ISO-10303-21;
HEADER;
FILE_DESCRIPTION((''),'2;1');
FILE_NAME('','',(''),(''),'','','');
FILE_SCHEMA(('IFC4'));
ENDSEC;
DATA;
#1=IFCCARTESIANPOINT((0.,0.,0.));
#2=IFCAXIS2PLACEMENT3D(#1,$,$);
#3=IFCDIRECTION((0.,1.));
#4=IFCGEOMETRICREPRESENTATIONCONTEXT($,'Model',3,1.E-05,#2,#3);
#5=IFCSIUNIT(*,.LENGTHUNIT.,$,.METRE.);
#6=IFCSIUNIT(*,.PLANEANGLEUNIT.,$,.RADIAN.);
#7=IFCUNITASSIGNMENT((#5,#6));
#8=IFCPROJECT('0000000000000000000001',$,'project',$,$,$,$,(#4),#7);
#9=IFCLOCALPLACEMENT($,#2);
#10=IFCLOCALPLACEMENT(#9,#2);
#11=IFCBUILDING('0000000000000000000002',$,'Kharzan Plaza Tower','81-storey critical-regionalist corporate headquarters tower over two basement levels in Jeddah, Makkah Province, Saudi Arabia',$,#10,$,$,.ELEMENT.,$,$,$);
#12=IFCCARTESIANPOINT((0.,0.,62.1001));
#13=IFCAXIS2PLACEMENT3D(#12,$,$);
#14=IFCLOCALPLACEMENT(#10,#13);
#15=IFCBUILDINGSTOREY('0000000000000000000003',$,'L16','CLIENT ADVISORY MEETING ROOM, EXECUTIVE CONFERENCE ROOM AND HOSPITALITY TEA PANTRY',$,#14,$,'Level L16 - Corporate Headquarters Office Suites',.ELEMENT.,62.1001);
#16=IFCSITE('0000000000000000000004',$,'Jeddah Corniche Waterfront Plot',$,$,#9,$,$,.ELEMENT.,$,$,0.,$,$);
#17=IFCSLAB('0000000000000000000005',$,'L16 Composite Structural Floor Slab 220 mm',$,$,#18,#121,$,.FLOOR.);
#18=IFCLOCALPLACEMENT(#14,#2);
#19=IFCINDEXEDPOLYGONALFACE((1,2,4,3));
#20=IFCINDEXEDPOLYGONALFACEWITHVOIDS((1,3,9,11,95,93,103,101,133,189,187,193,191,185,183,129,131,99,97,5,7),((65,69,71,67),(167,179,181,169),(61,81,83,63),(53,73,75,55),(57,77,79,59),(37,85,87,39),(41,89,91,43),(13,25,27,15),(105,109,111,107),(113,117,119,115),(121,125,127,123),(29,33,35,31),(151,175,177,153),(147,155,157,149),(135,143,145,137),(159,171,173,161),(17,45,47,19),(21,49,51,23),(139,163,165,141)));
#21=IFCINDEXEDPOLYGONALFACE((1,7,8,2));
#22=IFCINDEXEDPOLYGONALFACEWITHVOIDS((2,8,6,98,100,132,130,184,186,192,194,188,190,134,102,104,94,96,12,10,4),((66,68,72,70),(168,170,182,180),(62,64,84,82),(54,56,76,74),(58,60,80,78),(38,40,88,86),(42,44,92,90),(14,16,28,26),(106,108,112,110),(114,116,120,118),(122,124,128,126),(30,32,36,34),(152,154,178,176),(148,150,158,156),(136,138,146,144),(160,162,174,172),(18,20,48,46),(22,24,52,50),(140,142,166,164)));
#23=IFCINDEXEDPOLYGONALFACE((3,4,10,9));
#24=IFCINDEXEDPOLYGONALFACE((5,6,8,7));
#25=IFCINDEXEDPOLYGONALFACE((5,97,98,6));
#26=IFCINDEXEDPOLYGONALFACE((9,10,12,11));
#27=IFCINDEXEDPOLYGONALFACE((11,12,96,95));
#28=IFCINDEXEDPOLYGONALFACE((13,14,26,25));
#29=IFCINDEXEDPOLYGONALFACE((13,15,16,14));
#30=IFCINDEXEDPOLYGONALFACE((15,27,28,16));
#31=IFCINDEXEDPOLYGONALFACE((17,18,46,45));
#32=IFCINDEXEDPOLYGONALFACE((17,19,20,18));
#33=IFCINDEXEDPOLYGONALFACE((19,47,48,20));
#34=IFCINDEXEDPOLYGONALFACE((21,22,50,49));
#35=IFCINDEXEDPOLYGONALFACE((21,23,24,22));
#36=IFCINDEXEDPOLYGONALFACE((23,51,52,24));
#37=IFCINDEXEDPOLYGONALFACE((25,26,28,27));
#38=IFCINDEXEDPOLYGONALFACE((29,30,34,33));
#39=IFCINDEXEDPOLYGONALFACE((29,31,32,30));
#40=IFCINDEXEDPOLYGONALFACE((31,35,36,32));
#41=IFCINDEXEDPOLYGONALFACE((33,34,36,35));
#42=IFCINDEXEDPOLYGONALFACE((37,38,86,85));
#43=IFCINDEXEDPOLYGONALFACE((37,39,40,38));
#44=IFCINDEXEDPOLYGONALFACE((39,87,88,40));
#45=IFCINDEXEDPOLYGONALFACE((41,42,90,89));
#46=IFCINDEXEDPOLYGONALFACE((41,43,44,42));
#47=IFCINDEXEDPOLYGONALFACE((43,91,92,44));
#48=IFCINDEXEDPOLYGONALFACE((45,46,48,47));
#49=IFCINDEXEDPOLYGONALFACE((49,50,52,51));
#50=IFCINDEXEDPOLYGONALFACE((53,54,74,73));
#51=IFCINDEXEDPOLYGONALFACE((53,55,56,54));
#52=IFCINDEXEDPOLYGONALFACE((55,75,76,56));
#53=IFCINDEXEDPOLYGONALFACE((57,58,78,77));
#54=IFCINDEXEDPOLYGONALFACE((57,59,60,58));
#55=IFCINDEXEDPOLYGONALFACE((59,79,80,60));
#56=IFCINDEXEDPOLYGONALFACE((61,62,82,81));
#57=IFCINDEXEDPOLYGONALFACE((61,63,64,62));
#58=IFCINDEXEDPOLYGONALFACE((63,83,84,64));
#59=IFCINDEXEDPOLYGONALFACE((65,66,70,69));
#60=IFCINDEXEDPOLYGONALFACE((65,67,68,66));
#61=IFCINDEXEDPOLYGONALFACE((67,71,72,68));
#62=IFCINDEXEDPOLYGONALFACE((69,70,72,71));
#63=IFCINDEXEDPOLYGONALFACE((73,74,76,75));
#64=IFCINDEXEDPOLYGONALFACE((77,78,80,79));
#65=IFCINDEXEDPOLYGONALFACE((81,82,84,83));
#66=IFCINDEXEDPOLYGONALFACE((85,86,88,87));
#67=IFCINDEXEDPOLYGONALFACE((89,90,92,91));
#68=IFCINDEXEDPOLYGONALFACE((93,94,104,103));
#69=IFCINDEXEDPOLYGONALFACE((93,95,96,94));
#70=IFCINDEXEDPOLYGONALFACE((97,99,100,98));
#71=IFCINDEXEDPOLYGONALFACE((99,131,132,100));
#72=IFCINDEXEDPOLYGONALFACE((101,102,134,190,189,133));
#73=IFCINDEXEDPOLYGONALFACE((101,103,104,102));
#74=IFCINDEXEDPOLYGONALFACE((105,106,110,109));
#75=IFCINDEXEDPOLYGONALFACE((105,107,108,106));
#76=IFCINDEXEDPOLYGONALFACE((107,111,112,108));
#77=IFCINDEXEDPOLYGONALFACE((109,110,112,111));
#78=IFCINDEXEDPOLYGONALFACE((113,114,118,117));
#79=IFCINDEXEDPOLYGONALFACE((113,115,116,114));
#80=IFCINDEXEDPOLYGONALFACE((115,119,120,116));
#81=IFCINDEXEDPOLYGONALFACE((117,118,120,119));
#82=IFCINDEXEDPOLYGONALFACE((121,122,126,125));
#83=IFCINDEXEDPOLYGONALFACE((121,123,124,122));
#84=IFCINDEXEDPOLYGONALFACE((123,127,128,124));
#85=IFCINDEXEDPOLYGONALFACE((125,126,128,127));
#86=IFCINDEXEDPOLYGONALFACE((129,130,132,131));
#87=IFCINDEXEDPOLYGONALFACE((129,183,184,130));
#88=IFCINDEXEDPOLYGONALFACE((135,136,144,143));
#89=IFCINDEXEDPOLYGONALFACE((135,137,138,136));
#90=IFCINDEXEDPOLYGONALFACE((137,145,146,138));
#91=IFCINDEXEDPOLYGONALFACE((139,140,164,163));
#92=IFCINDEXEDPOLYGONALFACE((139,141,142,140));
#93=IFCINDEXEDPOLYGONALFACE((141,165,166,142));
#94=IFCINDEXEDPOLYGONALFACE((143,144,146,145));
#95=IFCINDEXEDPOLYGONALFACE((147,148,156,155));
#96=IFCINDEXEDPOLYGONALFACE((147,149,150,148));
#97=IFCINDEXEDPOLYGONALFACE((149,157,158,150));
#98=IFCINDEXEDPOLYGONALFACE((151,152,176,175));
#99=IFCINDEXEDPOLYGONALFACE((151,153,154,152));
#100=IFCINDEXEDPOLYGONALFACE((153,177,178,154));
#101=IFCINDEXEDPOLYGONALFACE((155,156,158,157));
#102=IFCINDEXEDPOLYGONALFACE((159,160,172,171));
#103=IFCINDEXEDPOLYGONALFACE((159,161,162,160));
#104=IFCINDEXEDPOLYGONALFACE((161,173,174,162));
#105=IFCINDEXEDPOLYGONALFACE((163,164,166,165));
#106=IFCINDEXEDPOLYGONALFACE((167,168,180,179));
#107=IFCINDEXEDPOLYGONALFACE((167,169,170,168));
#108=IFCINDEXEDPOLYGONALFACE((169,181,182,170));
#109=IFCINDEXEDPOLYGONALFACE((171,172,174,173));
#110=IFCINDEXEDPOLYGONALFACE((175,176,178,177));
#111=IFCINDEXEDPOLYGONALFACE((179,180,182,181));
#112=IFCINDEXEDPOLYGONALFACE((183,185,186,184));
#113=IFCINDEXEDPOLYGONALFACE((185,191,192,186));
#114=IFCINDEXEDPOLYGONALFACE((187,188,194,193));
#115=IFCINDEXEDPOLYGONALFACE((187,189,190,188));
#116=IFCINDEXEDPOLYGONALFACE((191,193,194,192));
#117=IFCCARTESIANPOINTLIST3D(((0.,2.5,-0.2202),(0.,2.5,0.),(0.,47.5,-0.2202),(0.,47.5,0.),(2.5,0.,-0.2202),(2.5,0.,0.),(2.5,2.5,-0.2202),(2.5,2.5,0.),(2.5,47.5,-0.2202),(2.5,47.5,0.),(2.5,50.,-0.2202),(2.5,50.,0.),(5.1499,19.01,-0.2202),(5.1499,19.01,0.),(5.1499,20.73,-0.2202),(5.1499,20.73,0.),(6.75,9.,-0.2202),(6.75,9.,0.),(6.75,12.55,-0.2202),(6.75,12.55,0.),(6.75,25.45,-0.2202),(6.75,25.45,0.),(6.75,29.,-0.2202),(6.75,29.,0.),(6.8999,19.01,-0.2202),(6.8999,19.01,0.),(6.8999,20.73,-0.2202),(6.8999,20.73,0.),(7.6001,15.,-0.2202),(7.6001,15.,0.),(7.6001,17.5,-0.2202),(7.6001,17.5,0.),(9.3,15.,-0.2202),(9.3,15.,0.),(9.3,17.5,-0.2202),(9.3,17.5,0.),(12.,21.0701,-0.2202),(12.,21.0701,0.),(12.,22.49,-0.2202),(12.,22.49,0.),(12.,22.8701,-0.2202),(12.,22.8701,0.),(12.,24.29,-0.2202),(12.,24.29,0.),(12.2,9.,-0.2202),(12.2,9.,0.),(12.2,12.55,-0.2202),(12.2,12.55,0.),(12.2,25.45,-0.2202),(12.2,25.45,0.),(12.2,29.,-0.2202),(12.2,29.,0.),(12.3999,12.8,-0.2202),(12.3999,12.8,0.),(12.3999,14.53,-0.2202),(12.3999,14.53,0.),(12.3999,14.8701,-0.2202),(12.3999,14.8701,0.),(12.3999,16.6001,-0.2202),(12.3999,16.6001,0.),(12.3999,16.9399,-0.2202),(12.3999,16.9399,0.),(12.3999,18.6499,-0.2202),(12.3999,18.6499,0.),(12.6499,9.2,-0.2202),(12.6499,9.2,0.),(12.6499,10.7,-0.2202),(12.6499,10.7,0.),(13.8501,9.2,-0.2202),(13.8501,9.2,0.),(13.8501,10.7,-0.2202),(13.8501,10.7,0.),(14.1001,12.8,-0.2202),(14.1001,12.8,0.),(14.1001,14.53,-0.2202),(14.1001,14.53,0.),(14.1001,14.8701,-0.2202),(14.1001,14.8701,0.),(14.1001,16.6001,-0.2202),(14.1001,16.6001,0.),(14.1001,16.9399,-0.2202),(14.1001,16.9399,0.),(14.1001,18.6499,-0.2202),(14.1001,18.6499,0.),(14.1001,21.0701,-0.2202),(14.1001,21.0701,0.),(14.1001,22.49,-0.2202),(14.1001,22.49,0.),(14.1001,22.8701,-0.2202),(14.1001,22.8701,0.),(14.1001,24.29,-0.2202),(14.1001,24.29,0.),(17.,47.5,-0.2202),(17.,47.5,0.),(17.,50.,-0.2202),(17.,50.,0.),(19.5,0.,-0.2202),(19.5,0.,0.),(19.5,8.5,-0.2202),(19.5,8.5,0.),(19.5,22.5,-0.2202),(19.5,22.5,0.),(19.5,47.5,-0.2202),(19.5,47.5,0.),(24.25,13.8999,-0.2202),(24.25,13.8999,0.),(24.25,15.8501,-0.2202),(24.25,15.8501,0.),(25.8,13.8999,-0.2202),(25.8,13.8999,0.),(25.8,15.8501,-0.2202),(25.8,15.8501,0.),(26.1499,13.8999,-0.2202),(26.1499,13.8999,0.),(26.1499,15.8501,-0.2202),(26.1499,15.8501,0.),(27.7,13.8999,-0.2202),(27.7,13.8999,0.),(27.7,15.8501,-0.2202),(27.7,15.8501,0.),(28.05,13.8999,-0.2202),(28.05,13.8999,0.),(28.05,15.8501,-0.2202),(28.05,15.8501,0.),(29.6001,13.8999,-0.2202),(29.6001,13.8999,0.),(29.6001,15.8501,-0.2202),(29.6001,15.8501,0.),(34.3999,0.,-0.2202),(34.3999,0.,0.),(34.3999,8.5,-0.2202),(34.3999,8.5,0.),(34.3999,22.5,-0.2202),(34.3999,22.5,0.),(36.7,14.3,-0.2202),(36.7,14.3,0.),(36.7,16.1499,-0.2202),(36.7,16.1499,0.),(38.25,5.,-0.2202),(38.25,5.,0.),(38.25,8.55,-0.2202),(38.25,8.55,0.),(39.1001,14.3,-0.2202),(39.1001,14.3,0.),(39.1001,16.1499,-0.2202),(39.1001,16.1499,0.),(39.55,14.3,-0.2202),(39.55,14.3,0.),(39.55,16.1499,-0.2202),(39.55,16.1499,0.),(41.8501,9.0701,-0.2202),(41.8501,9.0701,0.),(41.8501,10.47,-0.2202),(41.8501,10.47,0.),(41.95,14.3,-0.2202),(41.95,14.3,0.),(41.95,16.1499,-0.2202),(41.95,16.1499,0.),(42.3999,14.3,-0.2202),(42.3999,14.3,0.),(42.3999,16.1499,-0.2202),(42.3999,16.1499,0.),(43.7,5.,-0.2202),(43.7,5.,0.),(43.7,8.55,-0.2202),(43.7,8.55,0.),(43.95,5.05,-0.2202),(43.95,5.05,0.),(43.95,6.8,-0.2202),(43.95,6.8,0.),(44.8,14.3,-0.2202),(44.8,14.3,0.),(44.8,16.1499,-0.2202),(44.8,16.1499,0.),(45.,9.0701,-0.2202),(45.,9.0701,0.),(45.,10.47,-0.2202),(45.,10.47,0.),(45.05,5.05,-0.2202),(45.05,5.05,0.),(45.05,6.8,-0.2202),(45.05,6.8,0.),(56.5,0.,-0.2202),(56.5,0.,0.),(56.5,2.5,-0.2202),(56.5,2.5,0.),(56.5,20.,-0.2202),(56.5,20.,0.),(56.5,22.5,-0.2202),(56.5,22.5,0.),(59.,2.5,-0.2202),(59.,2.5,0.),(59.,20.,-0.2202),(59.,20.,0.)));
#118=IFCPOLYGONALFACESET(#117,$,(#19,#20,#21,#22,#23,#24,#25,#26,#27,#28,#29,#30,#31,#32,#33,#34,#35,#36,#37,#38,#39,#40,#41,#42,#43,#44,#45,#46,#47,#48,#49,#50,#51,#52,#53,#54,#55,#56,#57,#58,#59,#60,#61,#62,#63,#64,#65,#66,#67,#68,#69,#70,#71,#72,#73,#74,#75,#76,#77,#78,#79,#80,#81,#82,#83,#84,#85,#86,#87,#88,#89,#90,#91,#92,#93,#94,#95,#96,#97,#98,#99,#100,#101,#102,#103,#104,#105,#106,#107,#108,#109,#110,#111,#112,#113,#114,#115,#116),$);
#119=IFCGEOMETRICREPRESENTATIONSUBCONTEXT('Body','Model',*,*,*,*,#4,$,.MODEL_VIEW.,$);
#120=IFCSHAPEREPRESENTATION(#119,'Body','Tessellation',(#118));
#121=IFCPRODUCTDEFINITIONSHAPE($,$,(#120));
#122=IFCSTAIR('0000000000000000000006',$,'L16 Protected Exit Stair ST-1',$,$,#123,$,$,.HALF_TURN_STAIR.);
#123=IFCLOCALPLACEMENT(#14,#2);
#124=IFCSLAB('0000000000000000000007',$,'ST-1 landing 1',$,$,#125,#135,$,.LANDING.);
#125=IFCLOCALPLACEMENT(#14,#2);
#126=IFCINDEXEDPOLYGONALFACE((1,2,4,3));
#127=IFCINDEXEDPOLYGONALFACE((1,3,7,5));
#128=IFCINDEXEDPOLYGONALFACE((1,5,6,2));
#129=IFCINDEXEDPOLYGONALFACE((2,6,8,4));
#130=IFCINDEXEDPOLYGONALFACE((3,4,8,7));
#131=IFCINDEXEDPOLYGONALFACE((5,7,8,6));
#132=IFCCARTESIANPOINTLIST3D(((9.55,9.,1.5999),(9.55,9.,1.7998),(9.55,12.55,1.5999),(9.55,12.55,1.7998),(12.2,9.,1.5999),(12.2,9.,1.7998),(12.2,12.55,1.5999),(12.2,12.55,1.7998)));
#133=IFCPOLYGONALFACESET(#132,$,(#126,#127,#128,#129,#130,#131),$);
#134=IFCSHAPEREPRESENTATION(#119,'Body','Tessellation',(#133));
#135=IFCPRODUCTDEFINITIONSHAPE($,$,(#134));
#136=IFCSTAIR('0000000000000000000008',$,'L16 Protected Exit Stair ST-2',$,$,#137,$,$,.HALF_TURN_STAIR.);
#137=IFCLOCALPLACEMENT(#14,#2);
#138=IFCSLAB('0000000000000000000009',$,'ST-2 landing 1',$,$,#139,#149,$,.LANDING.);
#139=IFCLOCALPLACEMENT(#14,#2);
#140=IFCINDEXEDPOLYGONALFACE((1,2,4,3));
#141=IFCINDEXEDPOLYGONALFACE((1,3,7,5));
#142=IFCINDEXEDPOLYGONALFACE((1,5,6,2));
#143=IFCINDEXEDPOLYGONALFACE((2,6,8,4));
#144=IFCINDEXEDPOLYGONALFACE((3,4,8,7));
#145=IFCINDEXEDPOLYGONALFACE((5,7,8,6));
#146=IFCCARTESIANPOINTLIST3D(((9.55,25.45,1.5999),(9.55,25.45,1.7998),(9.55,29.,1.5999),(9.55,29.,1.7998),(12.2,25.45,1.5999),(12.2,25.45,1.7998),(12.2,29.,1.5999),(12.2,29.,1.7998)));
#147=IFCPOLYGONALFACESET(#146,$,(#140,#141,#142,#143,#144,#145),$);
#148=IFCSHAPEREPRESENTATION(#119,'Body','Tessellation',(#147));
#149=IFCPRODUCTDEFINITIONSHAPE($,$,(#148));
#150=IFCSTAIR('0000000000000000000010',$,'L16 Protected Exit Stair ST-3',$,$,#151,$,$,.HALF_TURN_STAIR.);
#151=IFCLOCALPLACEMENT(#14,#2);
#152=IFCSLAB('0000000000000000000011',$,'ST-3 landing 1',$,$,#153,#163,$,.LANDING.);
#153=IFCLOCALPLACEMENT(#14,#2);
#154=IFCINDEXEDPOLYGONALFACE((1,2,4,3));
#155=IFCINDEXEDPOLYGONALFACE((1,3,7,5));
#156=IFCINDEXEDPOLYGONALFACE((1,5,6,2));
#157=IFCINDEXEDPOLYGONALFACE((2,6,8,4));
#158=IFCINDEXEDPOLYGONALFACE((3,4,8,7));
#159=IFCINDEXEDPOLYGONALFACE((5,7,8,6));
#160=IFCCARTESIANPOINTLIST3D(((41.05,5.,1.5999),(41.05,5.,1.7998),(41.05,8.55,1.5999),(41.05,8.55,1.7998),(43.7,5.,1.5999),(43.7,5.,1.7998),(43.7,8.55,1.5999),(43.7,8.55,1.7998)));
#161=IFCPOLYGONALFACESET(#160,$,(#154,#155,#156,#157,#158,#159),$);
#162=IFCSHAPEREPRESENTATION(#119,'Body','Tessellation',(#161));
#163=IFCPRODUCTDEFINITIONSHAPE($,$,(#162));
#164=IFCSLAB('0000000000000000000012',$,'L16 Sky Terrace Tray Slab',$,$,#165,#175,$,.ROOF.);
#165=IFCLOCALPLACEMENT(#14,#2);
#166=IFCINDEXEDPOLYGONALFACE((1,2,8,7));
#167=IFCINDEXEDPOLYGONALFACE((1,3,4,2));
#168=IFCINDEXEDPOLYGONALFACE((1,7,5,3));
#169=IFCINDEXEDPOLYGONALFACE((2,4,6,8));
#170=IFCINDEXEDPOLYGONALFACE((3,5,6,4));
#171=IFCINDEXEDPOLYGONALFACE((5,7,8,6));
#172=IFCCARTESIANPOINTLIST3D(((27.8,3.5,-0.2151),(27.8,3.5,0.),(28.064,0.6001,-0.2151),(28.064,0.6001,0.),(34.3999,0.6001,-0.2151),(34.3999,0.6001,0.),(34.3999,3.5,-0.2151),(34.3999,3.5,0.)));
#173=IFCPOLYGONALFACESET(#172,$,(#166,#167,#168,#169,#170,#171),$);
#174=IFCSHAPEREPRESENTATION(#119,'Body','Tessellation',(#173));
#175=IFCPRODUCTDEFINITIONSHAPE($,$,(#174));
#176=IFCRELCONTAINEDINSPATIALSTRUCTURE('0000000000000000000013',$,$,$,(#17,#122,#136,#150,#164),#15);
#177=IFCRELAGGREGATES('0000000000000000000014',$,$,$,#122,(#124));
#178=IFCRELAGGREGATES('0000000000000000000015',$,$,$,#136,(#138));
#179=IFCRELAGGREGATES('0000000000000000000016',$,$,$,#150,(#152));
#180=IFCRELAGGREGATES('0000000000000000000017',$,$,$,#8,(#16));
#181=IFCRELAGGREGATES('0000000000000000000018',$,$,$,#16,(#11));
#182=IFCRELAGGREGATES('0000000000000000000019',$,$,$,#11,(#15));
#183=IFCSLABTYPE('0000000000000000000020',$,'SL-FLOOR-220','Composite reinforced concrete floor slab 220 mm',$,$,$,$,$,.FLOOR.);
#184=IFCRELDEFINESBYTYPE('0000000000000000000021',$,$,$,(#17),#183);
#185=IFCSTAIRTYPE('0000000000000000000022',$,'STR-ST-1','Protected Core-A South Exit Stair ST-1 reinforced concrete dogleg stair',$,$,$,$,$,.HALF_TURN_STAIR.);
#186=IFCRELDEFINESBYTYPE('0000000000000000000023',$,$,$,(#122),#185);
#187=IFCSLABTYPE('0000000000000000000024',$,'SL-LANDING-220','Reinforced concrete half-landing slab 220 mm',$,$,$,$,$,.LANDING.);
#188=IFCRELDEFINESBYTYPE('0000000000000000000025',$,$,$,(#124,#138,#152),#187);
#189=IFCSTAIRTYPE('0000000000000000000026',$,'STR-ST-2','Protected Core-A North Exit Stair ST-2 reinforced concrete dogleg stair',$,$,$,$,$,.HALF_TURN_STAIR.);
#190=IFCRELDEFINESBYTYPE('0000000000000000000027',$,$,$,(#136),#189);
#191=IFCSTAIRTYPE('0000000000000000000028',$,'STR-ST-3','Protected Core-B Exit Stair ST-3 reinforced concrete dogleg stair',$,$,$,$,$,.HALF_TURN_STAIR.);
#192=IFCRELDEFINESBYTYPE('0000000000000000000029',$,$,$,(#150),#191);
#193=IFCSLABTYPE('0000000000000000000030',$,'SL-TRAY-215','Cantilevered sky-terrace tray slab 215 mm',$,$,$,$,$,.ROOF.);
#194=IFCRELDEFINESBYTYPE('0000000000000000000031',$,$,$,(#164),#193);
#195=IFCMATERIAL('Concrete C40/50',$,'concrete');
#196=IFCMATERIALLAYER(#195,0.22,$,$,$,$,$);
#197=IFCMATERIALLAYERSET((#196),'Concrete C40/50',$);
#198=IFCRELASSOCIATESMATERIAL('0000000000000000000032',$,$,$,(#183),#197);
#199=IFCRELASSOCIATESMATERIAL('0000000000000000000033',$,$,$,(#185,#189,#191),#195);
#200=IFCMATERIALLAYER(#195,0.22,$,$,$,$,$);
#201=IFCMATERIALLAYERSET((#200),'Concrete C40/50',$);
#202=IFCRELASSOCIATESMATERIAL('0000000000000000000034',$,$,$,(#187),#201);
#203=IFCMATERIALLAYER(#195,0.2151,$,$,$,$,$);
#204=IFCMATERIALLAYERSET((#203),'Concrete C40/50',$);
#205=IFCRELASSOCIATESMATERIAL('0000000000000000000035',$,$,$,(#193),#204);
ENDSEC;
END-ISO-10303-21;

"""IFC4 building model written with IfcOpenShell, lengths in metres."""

from ifc_helpers import new_model, si_unit, direction, frame, origin, place, context, subcontext, project, spatial, polyline, outline, extrude, material, layer, layer_set, type_object, element, aggregate, save


model = new_model("IFC4")

# Units and contexts
model_context = context("Model", 3, precision=1e-05, world=origin(), true_north=direction((0.0, 1.0)))
body_context = subcontext(model_context, "Body", "Model", "MODEL_VIEW")
ifc_project = project(units=[si_unit("LENGTHUNIT", "METRE"), si_unit("PLANEANGLEUNIT", "RADIAN")], contexts=[model_context])

# Site, building, storey
site_placement = place(None, origin())
site = spatial("IfcSite", under=ifc_project, at=site_placement, Name="Jeddah Corniche Waterfront Plot", CompositionType="ELEMENT", RefElevation=0.0)
building_placement = place(site_placement, origin())
building = spatial("IfcBuilding", under=site, at=building_placement, Name="Kharzan Plaza Tower", Description="81-storey critical-regionalist corporate headquarters tower over two basement levels in Jeddah, Makkah Province, Saudi Arabia", CompositionType="ELEMENT")
storey_placement = place(building_placement, frame((0.0, 0.0, 62.1001)))
storey = spatial("IfcBuildingStorey", under=building, at=storey_placement, Name="L16", Description="CLIENT ADVISORY MEETING ROOM, EXECUTIVE CONFERENCE ROOM AND HOSPITALITY TEA PANTRY", LongName="Level L16 - Corporate Headquarters Office Suites", CompositionType="ELEMENT", Elevation=62.1001)

# Slab
ifc_material_1 = material(Name="Concrete C40/50", Category="concrete")
ifc_layer_1 = layer(ifc_material_1, 0.22)
ifc_layer_set_1 = layer_set([ifc_layer_1], Name="Concrete C40/50")
slab_type_1 = type_object("IfcSlabType", Name="SL-FLOOR-220", Description="Composite reinforced concrete floor slab 220 mm", PredefinedType="FLOOR", material=ifc_layer_set_1)
slab_1_placement = place(storey_placement, frame((0.0, 0.0, -0.2202)))
element("IfcSlab", 1, at=slab_1_placement, inside=storey, type_object=slab_type_1, Name="L16 Composite Structural Floor Slab 220 mm", PredefinedType="FLOOR", context=body_context, shape_type="SweptSolid", body=[
    extrude(outline(polyline([(34.3999, 22.5), (19.5, 22.5), (19.5, 47.5), (17.0, 47.5), (17.0, 50.0), (2.5, 50.0), (2.5, 47.5), (0.0, 47.5), (0.0, 2.5), (2.5, 2.5), (2.5, 0.0), (19.5, 0.0), (19.5, 8.5), (34.3999, 8.5), (34.3999, 0.0), (56.5, 0.0), (56.5, 2.5), (59.0, 2.5), (59.0, 20.0), (56.5, 20.0), (56.5, 22.5), (34.3999, 22.5)]), holes=[polyline([(13.8501, 9.2), (13.8501, 10.7), (12.6499, 10.7), (12.6499, 9.2), (13.8501, 9.2)]), polyline([(12.2, 9.0), (12.2, 12.55), (6.75, 12.55), (6.75, 9.0), (12.2, 9.0)]), polyline([(14.1001, 12.8), (14.1001, 14.53), (12.3999, 14.53), (12.3999, 12.8), (14.1001, 12.8)]), polyline([(14.1001, 14.8701), (14.1001, 16.6001), (12.3999, 16.6001), (12.3999, 14.8701), (14.1001, 14.8701)]), polyline([(9.3, 15.0), (9.3, 17.5), (7.6001, 17.5), (7.6001, 15.0), (9.3, 15.0)]), polyline([(14.1001, 16.9399), (14.1001, 18.6499), (12.3999, 18.6499), (12.3999, 16.9399), (14.1001, 16.9399)]), polyline([(6.8999, 19.01), (6.8999, 20.73), (5.1499, 20.73), (5.1499, 19.01), (6.8999, 19.01)]), polyline([(12.0, 21.0701), (14.1001, 21.0701), (14.1001, 22.49), (12.0, 22.49), (12.0, 21.0701)]), polyline([(12.0, 22.8701), (14.1001, 22.8701), (14.1001, 24.29), (12.0, 24.29), (12.0, 22.8701)]), polyline([(12.2, 25.45), (12.2, 29.0), (6.75, 29.0), (6.75, 25.45), (12.2, 25.45)]), polyline([(45.05, 5.05), (45.05, 6.8), (43.95, 6.8), (43.95, 5.05), (45.05, 5.05)]), polyline([(43.7, 5.0), (43.7, 8.55), (38.25, 8.55), (38.25, 5.0), (43.7, 5.0)]), polyline([(41.8501, 9.0701), (45.0, 9.0701), (45.0, 10.47), (41.8501, 10.47), (41.8501, 9.0701)]), polyline([(24.25, 13.8999), (25.8, 13.8999), (25.8, 15.8501), (24.25, 15.8501), (24.25, 13.8999)]), polyline([(27.7, 13.8999), (27.7, 15.8501), (26.1499, 15.8501), (26.1499, 13.8999), (27.7, 13.8999)]), polyline([(29.6001, 13.8999), (29.6001, 15.8501), (28.05, 15.8501), (28.05, 13.8999), (29.6001, 13.8999)]), polyline([(39.1001, 14.3), (39.1001, 16.1499), (36.7, 16.1499), (36.7, 14.3), (39.1001, 14.3)]), polyline([(39.55, 14.3), (41.95, 14.3), (41.95, 16.1499), (39.55, 16.1499), (39.55, 14.3)]), polyline([(42.3999, 14.3), (44.8, 14.3), (44.8, 16.1499), (42.3999, 16.1499), (42.3999, 14.3)])]), origin(), (0.0, 0.0, 1.0), 0.2202),
])

# Stairs, slabs
stair_type_1 = type_object("IfcStairType", Name="STR-ST-1", Description="Protected Core-A South Exit Stair ST-1 reinforced concrete dogleg stair", PredefinedType="HALF_TURN_STAIR", material=ifc_material_1)
stair_1_placement = place(storey_placement, origin())
stair_1 = element("IfcStair", 2, at=stair_1_placement, inside=storey, type_object=stair_type_1, Name="L16 Protected Exit Stair ST-1", PredefinedType="HALF_TURN_STAIR")
ifc_layer_2 = layer(ifc_material_1, 0.22)
ifc_layer_set_2 = layer_set([ifc_layer_2], Name="Concrete C40/50")
slab_type_2 = type_object("IfcSlabType", Name="SL-LANDING-220", Description="Reinforced concrete half-landing slab 220 mm", PredefinedType="LANDING", material=ifc_layer_set_2)
slab_2_placement = place(storey_placement, frame((0.0, 0.0, 1.5999)))
slab_2 = element("IfcSlab", 3, at=slab_2_placement, type_object=slab_type_2, Name="ST-1 landing 1", PredefinedType="LANDING", context=body_context, shape_type="SweptSolid", body=[
    extrude(outline(polyline([(9.55, 9.0), (12.2, 9.0), (12.2, 12.55), (9.55, 12.55), (9.55, 9.0)])), origin(), (0.0, 0.0, 1.0), 0.2),
])
aggregate(stair_1, [slab_2])
stair_type_2 = type_object("IfcStairType", Name="STR-ST-2", Description="Protected Core-A North Exit Stair ST-2 reinforced concrete dogleg stair", PredefinedType="HALF_TURN_STAIR", material=ifc_material_1)
stair_2_placement = place(storey_placement, origin())
stair_2 = element("IfcStair", 4, at=stair_2_placement, inside=storey, type_object=stair_type_2, Name="L16 Protected Exit Stair ST-2", PredefinedType="HALF_TURN_STAIR")
slab_3_placement = place(storey_placement, frame((0.0, 0.0, 1.5999)))
slab_3 = element("IfcSlab", 5, at=slab_3_placement, type_object=slab_type_2, Name="ST-2 landing 1", PredefinedType="LANDING", context=body_context, shape_type="SweptSolid", body=[
    extrude(outline(polyline([(9.55, 25.45), (12.2, 25.45), (12.2, 29.0), (9.55, 29.0), (9.55, 25.45)])), origin(), (0.0, 0.0, 1.0), 0.2),
])
aggregate(stair_2, [slab_3])
stair_type_3 = type_object("IfcStairType", Name="STR-ST-3", Description="Protected Core-B Exit Stair ST-3 reinforced concrete dogleg stair", PredefinedType="HALF_TURN_STAIR", material=ifc_material_1)
stair_3_placement = place(storey_placement, origin())
stair_3 = element("IfcStair", 6, at=stair_3_placement, inside=storey, type_object=stair_type_3, Name="L16 Protected Exit Stair ST-3", PredefinedType="HALF_TURN_STAIR")
slab_4_placement = place(storey_placement, frame((0.0, 0.0, 1.5999)))
slab_4 = element("IfcSlab", 7, at=slab_4_placement, type_object=slab_type_2, Name="ST-3 landing 1", PredefinedType="LANDING", context=body_context, shape_type="SweptSolid", body=[
    extrude(outline(polyline([(41.05, 5.0), (43.7, 5.0), (43.7, 8.55), (41.05, 8.55), (41.05, 5.0)])), origin(), (0.0, 0.0, 1.0), 0.2),
])
aggregate(stair_3, [slab_4])

# Slab
ifc_layer_3 = layer(ifc_material_1, 0.2151)
ifc_layer_set_3 = layer_set([ifc_layer_3], Name="Concrete C40/50")
slab_type_3 = type_object("IfcSlabType", Name="SL-TRAY-215", Description="Cantilevered sky-terrace tray slab 215 mm", PredefinedType="ROOF", material=ifc_layer_set_3)
slab_5_placement = place(storey_placement, frame((0.0, 0.0, -0.2151)))
element("IfcSlab", 8, at=slab_5_placement, inside=storey, type_object=slab_type_3, Name="L16 Sky Terrace Tray Slab", PredefinedType="ROOF", context=body_context, shape_type="SweptSolid", body=[
    extrude(outline(polyline([(28.064, 0.6001), (34.3999, 0.6001), (34.3999, 3.5), (27.8, 3.5), (28.064, 0.6001)])), origin(), (0.0, 0.0, 1.0), 0.2151),
])

save(model, "model.ifc")
